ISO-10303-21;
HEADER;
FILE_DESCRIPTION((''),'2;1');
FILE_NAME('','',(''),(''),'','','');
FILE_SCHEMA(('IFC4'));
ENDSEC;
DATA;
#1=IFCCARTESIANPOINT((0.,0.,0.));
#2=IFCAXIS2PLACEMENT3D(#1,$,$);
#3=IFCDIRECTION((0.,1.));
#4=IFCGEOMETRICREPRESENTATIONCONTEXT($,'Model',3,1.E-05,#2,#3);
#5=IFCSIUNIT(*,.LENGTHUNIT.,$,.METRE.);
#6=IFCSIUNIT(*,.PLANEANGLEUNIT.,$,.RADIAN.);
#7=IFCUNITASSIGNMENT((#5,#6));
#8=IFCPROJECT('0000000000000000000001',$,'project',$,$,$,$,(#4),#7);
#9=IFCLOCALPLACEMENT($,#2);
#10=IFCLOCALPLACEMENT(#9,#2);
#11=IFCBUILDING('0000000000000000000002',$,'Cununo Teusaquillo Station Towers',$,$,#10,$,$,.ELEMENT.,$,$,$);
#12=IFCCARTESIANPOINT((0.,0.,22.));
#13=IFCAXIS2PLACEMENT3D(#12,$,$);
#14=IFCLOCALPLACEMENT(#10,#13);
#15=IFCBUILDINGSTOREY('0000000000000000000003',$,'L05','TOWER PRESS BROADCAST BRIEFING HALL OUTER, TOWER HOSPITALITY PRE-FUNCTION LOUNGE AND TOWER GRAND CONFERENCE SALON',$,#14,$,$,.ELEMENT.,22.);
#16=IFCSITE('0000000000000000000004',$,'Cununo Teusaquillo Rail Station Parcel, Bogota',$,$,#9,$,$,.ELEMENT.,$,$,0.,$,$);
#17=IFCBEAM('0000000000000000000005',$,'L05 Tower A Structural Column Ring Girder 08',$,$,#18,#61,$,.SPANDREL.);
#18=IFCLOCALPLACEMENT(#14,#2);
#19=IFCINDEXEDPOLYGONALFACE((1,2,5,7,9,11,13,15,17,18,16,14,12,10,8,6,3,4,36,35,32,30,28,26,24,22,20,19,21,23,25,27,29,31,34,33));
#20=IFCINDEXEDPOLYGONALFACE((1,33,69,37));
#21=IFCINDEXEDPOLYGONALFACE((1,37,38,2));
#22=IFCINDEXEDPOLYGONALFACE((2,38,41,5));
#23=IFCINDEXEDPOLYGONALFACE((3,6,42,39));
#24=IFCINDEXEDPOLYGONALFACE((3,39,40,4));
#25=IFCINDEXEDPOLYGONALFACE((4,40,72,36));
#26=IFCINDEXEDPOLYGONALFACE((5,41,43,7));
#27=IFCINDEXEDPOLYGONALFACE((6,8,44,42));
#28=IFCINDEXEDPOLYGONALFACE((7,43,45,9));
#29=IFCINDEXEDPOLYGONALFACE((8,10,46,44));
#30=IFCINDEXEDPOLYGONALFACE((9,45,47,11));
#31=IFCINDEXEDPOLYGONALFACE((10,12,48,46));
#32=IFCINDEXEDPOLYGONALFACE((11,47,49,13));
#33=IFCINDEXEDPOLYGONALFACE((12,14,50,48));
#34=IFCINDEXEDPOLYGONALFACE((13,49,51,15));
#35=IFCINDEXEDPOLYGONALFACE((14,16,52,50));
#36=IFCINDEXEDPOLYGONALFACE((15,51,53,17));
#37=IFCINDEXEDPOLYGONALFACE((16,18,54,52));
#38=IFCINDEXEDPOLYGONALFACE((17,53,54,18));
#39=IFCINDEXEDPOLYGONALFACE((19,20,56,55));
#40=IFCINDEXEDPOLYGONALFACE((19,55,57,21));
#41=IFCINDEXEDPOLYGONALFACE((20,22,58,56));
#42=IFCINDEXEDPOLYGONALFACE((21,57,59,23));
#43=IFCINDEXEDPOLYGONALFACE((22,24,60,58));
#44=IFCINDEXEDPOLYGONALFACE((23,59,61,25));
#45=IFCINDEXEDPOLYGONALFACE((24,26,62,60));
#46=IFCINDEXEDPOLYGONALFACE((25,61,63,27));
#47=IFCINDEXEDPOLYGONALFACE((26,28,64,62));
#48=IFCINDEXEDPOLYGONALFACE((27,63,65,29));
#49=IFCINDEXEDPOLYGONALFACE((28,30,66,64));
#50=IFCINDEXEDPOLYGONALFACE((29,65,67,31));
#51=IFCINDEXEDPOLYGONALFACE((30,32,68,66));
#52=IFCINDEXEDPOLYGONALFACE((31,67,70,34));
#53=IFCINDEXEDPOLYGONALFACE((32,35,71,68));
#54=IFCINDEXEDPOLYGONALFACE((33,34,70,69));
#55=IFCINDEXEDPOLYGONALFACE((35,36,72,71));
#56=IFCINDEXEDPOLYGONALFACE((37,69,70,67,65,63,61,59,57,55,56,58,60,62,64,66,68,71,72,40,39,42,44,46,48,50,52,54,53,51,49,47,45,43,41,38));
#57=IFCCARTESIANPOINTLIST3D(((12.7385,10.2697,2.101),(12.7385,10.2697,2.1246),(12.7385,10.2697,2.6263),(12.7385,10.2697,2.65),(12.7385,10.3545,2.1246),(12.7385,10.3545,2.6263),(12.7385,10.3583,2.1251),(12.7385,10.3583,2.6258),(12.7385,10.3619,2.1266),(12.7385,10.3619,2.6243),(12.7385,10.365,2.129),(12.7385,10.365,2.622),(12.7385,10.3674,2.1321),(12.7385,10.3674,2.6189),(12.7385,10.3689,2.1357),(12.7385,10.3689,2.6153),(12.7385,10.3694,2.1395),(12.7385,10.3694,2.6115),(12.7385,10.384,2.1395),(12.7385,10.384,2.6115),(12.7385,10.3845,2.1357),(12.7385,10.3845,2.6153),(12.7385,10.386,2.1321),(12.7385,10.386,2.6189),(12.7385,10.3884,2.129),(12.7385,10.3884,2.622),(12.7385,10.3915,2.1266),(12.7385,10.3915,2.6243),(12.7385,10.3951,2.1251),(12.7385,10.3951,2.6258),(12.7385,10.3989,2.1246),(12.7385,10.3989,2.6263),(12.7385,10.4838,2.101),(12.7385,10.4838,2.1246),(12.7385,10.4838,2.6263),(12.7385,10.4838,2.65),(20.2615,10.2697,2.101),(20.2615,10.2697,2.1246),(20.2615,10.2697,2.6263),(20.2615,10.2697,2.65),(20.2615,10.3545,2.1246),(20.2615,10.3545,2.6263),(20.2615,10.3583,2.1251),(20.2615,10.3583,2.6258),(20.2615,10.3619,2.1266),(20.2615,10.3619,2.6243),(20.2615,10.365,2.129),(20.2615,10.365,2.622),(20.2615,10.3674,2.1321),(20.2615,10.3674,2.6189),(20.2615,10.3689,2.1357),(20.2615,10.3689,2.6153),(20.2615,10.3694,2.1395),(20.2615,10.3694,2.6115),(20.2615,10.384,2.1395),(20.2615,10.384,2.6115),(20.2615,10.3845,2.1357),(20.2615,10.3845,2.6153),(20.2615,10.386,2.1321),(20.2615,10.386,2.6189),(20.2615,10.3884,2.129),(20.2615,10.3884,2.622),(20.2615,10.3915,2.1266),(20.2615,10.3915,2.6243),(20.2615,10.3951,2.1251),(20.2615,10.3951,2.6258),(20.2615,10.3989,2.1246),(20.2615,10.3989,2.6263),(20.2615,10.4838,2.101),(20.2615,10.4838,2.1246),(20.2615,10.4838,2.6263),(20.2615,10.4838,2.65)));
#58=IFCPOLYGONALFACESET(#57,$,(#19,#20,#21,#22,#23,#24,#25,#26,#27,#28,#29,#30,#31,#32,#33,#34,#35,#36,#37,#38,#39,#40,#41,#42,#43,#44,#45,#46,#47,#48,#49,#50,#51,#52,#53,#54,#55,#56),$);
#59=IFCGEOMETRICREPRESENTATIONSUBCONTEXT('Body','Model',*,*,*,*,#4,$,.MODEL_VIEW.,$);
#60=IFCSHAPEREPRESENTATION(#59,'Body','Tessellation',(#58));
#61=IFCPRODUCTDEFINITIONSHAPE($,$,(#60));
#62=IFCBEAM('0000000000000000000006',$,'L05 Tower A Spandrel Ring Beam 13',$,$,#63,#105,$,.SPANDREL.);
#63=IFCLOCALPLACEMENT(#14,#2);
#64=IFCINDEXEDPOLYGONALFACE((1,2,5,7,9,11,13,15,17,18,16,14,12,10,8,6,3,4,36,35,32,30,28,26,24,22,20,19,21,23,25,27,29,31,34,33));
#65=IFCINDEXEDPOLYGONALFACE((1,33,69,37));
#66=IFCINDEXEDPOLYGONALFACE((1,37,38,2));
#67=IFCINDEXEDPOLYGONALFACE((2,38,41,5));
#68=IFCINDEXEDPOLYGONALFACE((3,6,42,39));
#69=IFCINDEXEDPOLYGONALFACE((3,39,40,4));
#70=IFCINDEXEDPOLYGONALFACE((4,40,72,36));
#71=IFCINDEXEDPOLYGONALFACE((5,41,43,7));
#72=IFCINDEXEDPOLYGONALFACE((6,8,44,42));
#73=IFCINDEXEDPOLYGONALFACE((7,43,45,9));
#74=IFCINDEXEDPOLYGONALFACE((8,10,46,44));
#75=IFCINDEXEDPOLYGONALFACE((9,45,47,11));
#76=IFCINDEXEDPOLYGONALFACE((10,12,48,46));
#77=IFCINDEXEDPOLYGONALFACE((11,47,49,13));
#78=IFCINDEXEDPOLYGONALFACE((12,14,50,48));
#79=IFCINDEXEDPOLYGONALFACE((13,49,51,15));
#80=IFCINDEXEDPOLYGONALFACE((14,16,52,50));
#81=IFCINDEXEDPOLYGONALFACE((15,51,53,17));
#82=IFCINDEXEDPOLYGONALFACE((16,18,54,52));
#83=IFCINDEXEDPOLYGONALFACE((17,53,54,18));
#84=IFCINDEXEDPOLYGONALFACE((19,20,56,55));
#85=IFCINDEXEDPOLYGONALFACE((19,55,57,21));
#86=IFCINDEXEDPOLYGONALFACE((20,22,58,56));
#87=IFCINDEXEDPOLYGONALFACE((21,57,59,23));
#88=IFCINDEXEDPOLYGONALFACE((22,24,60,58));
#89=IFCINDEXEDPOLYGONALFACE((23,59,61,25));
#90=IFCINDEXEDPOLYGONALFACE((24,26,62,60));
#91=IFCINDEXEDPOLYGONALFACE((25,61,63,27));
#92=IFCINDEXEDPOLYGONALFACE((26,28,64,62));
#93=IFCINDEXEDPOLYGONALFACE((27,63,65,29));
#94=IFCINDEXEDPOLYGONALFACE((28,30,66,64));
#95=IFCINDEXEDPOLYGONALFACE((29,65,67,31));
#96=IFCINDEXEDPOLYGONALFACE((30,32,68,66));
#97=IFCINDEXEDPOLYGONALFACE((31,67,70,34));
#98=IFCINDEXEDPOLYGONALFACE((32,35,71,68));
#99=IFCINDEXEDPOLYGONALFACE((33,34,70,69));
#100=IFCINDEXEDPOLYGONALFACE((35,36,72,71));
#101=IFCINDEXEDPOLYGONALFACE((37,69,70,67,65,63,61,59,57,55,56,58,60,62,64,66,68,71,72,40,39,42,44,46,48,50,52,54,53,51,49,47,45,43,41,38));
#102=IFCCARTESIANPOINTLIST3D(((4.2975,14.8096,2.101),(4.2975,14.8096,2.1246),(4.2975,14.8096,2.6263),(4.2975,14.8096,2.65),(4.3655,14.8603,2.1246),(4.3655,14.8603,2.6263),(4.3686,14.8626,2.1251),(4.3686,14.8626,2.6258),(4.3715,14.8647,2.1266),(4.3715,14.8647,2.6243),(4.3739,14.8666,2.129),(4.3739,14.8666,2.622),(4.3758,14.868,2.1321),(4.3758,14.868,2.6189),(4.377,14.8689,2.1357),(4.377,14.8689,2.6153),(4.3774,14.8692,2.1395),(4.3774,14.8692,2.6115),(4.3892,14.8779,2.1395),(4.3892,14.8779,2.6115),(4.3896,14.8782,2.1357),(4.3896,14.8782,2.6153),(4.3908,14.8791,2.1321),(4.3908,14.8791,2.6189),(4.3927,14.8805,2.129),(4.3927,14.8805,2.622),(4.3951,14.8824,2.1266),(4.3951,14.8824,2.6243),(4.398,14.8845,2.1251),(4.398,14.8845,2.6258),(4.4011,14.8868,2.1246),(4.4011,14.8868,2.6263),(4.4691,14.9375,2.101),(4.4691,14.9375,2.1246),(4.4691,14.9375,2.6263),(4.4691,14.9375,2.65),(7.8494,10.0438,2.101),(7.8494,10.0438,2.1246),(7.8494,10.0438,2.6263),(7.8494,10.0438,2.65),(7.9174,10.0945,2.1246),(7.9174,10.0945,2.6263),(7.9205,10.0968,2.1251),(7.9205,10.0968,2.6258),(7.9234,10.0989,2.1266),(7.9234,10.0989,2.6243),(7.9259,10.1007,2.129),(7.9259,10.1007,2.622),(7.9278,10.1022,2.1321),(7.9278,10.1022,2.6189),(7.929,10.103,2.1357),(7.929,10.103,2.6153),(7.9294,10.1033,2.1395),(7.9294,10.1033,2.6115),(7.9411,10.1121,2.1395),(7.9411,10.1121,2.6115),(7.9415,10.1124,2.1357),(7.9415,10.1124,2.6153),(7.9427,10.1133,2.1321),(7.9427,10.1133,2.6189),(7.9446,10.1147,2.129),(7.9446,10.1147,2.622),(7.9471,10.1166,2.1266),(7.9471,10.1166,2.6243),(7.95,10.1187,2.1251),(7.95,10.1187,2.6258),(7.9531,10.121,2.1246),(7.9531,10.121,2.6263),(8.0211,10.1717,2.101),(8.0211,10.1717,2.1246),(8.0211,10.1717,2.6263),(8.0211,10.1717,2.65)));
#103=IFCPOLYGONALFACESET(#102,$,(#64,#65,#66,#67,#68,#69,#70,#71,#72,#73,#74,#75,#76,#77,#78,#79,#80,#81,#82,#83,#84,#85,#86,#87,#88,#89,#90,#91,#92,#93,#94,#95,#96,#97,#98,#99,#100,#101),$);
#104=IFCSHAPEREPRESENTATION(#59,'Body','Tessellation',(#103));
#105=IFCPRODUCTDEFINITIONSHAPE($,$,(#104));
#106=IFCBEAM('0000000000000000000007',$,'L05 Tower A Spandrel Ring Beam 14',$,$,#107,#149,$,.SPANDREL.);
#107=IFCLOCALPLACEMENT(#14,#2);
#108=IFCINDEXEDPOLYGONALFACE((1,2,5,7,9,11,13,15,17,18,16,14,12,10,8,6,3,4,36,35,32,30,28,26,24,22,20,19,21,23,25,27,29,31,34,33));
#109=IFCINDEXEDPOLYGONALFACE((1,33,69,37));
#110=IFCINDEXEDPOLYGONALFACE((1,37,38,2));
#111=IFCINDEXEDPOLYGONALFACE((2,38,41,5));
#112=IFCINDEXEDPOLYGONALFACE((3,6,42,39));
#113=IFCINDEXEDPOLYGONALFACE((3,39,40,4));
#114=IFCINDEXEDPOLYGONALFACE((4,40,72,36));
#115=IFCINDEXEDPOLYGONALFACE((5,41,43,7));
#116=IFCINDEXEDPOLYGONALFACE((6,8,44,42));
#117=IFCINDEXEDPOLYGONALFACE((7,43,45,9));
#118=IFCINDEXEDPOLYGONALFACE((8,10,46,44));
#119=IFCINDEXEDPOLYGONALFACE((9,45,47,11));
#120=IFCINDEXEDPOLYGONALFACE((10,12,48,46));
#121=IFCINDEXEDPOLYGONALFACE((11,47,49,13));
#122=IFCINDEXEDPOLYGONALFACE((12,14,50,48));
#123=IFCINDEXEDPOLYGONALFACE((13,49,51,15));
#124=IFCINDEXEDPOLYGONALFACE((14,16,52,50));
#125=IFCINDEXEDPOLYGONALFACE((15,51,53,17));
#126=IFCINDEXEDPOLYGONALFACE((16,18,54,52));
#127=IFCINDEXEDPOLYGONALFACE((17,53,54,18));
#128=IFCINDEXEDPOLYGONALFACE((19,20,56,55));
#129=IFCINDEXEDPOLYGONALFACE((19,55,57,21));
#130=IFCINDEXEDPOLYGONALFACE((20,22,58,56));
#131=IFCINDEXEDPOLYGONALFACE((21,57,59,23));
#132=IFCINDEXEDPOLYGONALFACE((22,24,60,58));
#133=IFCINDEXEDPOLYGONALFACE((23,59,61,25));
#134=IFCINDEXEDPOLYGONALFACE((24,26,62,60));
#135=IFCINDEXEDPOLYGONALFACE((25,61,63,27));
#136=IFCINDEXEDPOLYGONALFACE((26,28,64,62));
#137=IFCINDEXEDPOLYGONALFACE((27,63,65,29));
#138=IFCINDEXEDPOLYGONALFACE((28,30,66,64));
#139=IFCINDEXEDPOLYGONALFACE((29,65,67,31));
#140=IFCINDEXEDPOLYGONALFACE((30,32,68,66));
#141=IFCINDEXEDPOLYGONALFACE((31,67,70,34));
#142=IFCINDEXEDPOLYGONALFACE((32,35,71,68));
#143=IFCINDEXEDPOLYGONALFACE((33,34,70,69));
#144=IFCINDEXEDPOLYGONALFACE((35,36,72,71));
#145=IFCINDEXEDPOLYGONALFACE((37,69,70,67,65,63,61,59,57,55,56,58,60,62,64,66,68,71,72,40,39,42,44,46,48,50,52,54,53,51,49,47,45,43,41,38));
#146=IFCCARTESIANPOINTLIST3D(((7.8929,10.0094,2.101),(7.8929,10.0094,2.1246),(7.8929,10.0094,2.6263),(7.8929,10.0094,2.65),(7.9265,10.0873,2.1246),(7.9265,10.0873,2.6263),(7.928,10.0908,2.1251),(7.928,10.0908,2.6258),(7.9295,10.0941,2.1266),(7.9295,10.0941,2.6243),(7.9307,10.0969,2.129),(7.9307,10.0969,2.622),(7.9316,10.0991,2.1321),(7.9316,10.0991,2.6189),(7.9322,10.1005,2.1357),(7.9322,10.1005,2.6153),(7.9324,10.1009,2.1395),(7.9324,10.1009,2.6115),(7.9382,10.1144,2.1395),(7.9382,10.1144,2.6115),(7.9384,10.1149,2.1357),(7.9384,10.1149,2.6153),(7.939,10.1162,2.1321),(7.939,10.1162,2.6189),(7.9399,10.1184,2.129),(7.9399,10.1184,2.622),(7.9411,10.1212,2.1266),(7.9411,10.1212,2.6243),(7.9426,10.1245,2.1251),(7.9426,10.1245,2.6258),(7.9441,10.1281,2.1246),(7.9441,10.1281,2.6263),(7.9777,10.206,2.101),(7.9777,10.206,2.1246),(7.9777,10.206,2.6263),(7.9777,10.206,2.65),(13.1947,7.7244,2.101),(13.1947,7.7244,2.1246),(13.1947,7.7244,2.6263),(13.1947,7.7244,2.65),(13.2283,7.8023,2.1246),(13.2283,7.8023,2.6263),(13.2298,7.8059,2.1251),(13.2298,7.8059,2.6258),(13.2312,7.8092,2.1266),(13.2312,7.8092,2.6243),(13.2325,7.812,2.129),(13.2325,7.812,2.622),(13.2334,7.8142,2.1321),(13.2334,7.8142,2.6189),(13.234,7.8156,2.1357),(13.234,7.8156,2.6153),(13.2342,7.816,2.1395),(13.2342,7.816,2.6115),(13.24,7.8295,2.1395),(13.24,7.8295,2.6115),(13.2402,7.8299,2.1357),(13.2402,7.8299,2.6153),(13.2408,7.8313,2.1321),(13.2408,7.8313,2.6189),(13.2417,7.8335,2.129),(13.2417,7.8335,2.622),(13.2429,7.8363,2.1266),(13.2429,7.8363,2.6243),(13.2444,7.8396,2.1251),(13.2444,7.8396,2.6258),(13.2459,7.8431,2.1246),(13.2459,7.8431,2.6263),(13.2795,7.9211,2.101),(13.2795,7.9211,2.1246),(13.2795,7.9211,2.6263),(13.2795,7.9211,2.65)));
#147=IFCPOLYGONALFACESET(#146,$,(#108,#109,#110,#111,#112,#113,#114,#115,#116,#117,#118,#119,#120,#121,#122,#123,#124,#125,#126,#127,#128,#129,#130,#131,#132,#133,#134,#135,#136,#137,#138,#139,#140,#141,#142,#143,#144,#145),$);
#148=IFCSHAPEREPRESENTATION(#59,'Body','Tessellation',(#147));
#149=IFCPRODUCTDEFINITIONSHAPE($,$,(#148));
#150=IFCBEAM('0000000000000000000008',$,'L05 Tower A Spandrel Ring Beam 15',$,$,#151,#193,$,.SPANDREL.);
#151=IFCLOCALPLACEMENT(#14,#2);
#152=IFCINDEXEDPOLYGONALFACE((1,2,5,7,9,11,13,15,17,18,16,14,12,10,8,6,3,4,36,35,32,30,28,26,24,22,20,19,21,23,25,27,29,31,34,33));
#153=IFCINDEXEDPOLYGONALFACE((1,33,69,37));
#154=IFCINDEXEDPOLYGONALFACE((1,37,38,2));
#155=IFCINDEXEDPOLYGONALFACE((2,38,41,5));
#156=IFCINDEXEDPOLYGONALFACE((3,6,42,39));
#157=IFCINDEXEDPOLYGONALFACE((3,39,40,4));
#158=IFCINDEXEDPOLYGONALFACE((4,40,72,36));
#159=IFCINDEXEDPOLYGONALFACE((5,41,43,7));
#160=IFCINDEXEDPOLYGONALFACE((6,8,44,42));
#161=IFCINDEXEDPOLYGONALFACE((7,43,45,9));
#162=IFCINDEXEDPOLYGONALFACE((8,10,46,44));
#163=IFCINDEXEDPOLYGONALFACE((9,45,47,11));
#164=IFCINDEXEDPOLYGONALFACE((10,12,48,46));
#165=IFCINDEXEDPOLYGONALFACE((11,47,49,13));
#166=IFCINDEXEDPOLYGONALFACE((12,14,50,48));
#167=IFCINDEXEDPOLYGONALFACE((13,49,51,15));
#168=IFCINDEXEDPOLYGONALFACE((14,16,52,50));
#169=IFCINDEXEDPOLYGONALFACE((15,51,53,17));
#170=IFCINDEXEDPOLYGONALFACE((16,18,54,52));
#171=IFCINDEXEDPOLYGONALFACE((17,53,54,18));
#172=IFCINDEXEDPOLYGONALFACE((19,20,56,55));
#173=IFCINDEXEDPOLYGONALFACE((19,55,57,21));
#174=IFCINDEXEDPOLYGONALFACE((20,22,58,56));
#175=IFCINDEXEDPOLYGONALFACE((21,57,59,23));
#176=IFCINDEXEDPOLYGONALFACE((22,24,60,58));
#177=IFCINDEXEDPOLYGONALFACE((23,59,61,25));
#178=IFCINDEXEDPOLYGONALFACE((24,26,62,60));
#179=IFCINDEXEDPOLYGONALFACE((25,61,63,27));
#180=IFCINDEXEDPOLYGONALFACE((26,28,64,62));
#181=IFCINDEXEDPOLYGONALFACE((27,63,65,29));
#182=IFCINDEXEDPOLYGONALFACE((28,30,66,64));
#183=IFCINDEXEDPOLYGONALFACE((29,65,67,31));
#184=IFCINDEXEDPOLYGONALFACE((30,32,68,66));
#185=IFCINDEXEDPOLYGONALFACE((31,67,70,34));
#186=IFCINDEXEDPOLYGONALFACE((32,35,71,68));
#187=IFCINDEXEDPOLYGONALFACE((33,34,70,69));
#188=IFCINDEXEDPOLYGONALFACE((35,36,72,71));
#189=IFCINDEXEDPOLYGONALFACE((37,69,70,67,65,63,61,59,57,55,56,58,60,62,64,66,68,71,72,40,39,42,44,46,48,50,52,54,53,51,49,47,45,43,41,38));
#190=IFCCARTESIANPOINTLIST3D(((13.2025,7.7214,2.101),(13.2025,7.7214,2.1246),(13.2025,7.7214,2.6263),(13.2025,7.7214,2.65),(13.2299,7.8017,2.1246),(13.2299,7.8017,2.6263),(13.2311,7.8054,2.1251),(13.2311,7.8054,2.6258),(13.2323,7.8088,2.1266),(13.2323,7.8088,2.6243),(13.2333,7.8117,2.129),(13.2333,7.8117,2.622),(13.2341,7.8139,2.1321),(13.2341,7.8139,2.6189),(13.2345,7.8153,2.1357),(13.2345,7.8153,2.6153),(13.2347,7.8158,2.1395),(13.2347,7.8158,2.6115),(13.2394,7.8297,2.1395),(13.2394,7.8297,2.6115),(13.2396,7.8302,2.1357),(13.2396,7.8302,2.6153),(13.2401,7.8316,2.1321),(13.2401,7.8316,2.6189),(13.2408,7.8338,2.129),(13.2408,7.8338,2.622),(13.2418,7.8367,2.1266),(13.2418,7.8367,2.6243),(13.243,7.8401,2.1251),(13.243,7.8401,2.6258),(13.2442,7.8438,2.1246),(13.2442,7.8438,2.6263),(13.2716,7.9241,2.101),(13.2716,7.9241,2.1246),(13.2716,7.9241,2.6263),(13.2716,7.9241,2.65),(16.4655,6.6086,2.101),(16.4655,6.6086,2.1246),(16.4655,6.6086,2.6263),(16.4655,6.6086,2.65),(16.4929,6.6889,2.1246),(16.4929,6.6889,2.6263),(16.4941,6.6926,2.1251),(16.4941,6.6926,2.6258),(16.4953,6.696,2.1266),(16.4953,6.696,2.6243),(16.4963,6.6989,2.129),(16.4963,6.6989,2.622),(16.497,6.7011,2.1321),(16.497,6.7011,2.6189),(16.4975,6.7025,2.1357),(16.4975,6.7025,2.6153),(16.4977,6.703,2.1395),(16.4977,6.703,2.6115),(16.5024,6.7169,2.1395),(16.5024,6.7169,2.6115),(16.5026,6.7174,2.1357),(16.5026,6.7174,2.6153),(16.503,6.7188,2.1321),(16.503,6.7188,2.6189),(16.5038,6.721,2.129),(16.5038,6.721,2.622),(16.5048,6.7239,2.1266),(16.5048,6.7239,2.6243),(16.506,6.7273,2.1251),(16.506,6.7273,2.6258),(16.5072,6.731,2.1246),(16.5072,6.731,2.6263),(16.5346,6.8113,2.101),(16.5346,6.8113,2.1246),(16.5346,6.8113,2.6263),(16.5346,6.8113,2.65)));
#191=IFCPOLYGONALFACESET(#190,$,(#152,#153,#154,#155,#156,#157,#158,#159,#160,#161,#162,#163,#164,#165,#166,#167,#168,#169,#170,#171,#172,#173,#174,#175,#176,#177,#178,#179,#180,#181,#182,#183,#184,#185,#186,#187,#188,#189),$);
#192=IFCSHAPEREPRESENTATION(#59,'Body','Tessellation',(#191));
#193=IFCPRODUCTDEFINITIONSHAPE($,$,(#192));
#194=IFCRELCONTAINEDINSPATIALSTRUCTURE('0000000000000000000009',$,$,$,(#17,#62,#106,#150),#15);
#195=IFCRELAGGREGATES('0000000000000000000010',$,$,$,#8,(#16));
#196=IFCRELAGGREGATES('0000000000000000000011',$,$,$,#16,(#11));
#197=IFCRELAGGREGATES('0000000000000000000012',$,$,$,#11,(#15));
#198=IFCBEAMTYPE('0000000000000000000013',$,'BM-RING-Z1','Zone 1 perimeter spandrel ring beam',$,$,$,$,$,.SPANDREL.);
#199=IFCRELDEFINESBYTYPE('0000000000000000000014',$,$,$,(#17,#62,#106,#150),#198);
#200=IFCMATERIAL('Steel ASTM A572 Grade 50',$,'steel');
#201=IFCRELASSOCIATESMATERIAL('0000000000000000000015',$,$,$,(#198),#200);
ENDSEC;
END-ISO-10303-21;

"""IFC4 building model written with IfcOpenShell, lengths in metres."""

from ifc_helpers import new_model, si_unit, direction, frame, origin, origin_2d, place, context, subcontext, project, spatial, i_section, extrude, material, material_profile, profile_set, type_object, element, save


model = new_model("IFC4")

# Units and contexts
model_context = context("Model", 3, precision=1e-05, world=origin(), true_north=direction((0.0, 1.0)))
body_context = subcontext(model_context, "Body", "Model", "MODEL_VIEW")
ifc_project = project(units=[si_unit("LENGTHUNIT", "METRE"), si_unit("PLANEANGLEUNIT", "RADIAN")], contexts=[model_context])

# Site, building, storey
site_placement = place(None, origin())
site = spatial("IfcSite", under=ifc_project, at=site_placement, Name="Cununo Teusaquillo Rail Station Parcel, Bogota", CompositionType="ELEMENT", RefElevation=0.0)
building_placement = place(site_placement, origin())
building = spatial("IfcBuilding", under=site, at=building_placement, Name="Cununo Teusaquillo Station Towers", CompositionType="ELEMENT")
storey_placement = place(building_placement, frame((0.0, 0.0, 22.0)))
storey = spatial("IfcBuildingStorey", under=building, at=storey_placement, Name="L05", Description="TOWER PRESS BROADCAST BRIEFING HALL OUTER, TOWER HOSPITALITY PRE-FUNCTION LOUNGE AND TOWER GRAND CONFERENCE SALON", CompositionType="ELEMENT", Elevation=22.0)

# Beams
ifc_material_1 = material(Name="Steel ASTM A572 Grade 50", Category="steel")
ifc_material_profile_1 = material_profile(ifc_material_1, i_section(OverallWidth=0.2141, OverallDepth=0.5491, WebThickness=0.0146, FlangeThickness=0.0237, FilletRadius=0.0149, at=origin_2d()), Name="W21X93")
ifc_profile_set_1 = profile_set([ifc_material_profile_1], Name="Steel ASTM A572 Grade 50")
beam_type_1 = type_object("IfcBeamType", Name="BM-RING-Z1", Description="Zone 1 perimeter spandrel ring beam", PredefinedType="SPANDREL", material=ifc_profile_set_1)
beam_1_placement = place(storey_placement, frame((12.7385, 10.3767, 2.3755), z_axis=(1.0, 0.0, 0.0), x_axis=(0.0, 1.0, 0.0)))
element("IfcBeam", 1, at=beam_1_placement, inside=storey, type_object=beam_type_1, Name="L05 Tower A Structural Column Ring Girder 08", PredefinedType="SPANDREL", context=body_context, shape_type="SweptSolid", body=[
    extrude(i_section(OverallWidth=0.2141, OverallDepth=0.5491, WebThickness=0.0146, FlangeThickness=0.0237, FilletRadius=0.0149, at=origin_2d()), origin(), (0.0, 0.0, 1.0), 7.5229),
])
beam_2_placement = place(storey_placement, frame((4.3833, 14.8735, 2.3755), z_axis=(0.597585, -0.801805, 0.0), x_axis=(0.801805, 0.597585, 0.0)))
element("IfcBeam", 2, at=beam_2_placement, inside=storey, type_object=beam_type_1, Name="L05 Tower A Spandrel Ring Beam 13", PredefinedType="SPANDREL", context=body_context, shape_type="SweptSolid", body=[
    extrude(i_section(OverallWidth=0.2141, OverallDepth=0.5491, WebThickness=0.0146, FlangeThickness=0.0237, FilletRadius=0.0149, at=origin_2d()), origin(), (0.0, 0.0, 1.0), 5.9438),
])
beam_3_placement = place(storey_placement, frame((7.9353, 10.1077, 2.3755), z_axis=(0.918345, -0.395781, 0.0), x_axis=(0.395781, 0.918345, 0.0)))
element("IfcBeam", 3, at=beam_3_placement, inside=storey, type_object=beam_type_1, Name="L05 Tower A Spandrel Ring Beam 14", PredefinedType="SPANDREL", context=body_context, shape_type="SweptSolid", body=[
    extrude(i_section(OverallWidth=0.2141, OverallDepth=0.5491, WebThickness=0.0146, FlangeThickness=0.0237, FilletRadius=0.0149, at=origin_2d()), origin(), (0.0, 0.0, 1.0), 5.7732),
])
beam_4_placement = place(storey_placement, frame((13.2371, 7.8228, 2.3755), z_axis=(0.946472, -0.322785, 0.0), x_axis=(0.322785, 0.946472, 0.0)))
element("IfcBeam", 4, at=beam_4_placement, inside=storey, type_object=beam_type_1, Name="L05 Tower A Spandrel Ring Beam 15", PredefinedType="SPANDREL", context=body_context, shape_type="SweptSolid", body=[
    extrude(i_section(OverallWidth=0.2141, OverallDepth=0.5491, WebThickness=0.0146, FlangeThickness=0.0237, FilletRadius=0.0149, at=origin_2d()), origin(), (0.0, 0.0, 1.0), 3.4475),
])

save(model, "model.ifc")
